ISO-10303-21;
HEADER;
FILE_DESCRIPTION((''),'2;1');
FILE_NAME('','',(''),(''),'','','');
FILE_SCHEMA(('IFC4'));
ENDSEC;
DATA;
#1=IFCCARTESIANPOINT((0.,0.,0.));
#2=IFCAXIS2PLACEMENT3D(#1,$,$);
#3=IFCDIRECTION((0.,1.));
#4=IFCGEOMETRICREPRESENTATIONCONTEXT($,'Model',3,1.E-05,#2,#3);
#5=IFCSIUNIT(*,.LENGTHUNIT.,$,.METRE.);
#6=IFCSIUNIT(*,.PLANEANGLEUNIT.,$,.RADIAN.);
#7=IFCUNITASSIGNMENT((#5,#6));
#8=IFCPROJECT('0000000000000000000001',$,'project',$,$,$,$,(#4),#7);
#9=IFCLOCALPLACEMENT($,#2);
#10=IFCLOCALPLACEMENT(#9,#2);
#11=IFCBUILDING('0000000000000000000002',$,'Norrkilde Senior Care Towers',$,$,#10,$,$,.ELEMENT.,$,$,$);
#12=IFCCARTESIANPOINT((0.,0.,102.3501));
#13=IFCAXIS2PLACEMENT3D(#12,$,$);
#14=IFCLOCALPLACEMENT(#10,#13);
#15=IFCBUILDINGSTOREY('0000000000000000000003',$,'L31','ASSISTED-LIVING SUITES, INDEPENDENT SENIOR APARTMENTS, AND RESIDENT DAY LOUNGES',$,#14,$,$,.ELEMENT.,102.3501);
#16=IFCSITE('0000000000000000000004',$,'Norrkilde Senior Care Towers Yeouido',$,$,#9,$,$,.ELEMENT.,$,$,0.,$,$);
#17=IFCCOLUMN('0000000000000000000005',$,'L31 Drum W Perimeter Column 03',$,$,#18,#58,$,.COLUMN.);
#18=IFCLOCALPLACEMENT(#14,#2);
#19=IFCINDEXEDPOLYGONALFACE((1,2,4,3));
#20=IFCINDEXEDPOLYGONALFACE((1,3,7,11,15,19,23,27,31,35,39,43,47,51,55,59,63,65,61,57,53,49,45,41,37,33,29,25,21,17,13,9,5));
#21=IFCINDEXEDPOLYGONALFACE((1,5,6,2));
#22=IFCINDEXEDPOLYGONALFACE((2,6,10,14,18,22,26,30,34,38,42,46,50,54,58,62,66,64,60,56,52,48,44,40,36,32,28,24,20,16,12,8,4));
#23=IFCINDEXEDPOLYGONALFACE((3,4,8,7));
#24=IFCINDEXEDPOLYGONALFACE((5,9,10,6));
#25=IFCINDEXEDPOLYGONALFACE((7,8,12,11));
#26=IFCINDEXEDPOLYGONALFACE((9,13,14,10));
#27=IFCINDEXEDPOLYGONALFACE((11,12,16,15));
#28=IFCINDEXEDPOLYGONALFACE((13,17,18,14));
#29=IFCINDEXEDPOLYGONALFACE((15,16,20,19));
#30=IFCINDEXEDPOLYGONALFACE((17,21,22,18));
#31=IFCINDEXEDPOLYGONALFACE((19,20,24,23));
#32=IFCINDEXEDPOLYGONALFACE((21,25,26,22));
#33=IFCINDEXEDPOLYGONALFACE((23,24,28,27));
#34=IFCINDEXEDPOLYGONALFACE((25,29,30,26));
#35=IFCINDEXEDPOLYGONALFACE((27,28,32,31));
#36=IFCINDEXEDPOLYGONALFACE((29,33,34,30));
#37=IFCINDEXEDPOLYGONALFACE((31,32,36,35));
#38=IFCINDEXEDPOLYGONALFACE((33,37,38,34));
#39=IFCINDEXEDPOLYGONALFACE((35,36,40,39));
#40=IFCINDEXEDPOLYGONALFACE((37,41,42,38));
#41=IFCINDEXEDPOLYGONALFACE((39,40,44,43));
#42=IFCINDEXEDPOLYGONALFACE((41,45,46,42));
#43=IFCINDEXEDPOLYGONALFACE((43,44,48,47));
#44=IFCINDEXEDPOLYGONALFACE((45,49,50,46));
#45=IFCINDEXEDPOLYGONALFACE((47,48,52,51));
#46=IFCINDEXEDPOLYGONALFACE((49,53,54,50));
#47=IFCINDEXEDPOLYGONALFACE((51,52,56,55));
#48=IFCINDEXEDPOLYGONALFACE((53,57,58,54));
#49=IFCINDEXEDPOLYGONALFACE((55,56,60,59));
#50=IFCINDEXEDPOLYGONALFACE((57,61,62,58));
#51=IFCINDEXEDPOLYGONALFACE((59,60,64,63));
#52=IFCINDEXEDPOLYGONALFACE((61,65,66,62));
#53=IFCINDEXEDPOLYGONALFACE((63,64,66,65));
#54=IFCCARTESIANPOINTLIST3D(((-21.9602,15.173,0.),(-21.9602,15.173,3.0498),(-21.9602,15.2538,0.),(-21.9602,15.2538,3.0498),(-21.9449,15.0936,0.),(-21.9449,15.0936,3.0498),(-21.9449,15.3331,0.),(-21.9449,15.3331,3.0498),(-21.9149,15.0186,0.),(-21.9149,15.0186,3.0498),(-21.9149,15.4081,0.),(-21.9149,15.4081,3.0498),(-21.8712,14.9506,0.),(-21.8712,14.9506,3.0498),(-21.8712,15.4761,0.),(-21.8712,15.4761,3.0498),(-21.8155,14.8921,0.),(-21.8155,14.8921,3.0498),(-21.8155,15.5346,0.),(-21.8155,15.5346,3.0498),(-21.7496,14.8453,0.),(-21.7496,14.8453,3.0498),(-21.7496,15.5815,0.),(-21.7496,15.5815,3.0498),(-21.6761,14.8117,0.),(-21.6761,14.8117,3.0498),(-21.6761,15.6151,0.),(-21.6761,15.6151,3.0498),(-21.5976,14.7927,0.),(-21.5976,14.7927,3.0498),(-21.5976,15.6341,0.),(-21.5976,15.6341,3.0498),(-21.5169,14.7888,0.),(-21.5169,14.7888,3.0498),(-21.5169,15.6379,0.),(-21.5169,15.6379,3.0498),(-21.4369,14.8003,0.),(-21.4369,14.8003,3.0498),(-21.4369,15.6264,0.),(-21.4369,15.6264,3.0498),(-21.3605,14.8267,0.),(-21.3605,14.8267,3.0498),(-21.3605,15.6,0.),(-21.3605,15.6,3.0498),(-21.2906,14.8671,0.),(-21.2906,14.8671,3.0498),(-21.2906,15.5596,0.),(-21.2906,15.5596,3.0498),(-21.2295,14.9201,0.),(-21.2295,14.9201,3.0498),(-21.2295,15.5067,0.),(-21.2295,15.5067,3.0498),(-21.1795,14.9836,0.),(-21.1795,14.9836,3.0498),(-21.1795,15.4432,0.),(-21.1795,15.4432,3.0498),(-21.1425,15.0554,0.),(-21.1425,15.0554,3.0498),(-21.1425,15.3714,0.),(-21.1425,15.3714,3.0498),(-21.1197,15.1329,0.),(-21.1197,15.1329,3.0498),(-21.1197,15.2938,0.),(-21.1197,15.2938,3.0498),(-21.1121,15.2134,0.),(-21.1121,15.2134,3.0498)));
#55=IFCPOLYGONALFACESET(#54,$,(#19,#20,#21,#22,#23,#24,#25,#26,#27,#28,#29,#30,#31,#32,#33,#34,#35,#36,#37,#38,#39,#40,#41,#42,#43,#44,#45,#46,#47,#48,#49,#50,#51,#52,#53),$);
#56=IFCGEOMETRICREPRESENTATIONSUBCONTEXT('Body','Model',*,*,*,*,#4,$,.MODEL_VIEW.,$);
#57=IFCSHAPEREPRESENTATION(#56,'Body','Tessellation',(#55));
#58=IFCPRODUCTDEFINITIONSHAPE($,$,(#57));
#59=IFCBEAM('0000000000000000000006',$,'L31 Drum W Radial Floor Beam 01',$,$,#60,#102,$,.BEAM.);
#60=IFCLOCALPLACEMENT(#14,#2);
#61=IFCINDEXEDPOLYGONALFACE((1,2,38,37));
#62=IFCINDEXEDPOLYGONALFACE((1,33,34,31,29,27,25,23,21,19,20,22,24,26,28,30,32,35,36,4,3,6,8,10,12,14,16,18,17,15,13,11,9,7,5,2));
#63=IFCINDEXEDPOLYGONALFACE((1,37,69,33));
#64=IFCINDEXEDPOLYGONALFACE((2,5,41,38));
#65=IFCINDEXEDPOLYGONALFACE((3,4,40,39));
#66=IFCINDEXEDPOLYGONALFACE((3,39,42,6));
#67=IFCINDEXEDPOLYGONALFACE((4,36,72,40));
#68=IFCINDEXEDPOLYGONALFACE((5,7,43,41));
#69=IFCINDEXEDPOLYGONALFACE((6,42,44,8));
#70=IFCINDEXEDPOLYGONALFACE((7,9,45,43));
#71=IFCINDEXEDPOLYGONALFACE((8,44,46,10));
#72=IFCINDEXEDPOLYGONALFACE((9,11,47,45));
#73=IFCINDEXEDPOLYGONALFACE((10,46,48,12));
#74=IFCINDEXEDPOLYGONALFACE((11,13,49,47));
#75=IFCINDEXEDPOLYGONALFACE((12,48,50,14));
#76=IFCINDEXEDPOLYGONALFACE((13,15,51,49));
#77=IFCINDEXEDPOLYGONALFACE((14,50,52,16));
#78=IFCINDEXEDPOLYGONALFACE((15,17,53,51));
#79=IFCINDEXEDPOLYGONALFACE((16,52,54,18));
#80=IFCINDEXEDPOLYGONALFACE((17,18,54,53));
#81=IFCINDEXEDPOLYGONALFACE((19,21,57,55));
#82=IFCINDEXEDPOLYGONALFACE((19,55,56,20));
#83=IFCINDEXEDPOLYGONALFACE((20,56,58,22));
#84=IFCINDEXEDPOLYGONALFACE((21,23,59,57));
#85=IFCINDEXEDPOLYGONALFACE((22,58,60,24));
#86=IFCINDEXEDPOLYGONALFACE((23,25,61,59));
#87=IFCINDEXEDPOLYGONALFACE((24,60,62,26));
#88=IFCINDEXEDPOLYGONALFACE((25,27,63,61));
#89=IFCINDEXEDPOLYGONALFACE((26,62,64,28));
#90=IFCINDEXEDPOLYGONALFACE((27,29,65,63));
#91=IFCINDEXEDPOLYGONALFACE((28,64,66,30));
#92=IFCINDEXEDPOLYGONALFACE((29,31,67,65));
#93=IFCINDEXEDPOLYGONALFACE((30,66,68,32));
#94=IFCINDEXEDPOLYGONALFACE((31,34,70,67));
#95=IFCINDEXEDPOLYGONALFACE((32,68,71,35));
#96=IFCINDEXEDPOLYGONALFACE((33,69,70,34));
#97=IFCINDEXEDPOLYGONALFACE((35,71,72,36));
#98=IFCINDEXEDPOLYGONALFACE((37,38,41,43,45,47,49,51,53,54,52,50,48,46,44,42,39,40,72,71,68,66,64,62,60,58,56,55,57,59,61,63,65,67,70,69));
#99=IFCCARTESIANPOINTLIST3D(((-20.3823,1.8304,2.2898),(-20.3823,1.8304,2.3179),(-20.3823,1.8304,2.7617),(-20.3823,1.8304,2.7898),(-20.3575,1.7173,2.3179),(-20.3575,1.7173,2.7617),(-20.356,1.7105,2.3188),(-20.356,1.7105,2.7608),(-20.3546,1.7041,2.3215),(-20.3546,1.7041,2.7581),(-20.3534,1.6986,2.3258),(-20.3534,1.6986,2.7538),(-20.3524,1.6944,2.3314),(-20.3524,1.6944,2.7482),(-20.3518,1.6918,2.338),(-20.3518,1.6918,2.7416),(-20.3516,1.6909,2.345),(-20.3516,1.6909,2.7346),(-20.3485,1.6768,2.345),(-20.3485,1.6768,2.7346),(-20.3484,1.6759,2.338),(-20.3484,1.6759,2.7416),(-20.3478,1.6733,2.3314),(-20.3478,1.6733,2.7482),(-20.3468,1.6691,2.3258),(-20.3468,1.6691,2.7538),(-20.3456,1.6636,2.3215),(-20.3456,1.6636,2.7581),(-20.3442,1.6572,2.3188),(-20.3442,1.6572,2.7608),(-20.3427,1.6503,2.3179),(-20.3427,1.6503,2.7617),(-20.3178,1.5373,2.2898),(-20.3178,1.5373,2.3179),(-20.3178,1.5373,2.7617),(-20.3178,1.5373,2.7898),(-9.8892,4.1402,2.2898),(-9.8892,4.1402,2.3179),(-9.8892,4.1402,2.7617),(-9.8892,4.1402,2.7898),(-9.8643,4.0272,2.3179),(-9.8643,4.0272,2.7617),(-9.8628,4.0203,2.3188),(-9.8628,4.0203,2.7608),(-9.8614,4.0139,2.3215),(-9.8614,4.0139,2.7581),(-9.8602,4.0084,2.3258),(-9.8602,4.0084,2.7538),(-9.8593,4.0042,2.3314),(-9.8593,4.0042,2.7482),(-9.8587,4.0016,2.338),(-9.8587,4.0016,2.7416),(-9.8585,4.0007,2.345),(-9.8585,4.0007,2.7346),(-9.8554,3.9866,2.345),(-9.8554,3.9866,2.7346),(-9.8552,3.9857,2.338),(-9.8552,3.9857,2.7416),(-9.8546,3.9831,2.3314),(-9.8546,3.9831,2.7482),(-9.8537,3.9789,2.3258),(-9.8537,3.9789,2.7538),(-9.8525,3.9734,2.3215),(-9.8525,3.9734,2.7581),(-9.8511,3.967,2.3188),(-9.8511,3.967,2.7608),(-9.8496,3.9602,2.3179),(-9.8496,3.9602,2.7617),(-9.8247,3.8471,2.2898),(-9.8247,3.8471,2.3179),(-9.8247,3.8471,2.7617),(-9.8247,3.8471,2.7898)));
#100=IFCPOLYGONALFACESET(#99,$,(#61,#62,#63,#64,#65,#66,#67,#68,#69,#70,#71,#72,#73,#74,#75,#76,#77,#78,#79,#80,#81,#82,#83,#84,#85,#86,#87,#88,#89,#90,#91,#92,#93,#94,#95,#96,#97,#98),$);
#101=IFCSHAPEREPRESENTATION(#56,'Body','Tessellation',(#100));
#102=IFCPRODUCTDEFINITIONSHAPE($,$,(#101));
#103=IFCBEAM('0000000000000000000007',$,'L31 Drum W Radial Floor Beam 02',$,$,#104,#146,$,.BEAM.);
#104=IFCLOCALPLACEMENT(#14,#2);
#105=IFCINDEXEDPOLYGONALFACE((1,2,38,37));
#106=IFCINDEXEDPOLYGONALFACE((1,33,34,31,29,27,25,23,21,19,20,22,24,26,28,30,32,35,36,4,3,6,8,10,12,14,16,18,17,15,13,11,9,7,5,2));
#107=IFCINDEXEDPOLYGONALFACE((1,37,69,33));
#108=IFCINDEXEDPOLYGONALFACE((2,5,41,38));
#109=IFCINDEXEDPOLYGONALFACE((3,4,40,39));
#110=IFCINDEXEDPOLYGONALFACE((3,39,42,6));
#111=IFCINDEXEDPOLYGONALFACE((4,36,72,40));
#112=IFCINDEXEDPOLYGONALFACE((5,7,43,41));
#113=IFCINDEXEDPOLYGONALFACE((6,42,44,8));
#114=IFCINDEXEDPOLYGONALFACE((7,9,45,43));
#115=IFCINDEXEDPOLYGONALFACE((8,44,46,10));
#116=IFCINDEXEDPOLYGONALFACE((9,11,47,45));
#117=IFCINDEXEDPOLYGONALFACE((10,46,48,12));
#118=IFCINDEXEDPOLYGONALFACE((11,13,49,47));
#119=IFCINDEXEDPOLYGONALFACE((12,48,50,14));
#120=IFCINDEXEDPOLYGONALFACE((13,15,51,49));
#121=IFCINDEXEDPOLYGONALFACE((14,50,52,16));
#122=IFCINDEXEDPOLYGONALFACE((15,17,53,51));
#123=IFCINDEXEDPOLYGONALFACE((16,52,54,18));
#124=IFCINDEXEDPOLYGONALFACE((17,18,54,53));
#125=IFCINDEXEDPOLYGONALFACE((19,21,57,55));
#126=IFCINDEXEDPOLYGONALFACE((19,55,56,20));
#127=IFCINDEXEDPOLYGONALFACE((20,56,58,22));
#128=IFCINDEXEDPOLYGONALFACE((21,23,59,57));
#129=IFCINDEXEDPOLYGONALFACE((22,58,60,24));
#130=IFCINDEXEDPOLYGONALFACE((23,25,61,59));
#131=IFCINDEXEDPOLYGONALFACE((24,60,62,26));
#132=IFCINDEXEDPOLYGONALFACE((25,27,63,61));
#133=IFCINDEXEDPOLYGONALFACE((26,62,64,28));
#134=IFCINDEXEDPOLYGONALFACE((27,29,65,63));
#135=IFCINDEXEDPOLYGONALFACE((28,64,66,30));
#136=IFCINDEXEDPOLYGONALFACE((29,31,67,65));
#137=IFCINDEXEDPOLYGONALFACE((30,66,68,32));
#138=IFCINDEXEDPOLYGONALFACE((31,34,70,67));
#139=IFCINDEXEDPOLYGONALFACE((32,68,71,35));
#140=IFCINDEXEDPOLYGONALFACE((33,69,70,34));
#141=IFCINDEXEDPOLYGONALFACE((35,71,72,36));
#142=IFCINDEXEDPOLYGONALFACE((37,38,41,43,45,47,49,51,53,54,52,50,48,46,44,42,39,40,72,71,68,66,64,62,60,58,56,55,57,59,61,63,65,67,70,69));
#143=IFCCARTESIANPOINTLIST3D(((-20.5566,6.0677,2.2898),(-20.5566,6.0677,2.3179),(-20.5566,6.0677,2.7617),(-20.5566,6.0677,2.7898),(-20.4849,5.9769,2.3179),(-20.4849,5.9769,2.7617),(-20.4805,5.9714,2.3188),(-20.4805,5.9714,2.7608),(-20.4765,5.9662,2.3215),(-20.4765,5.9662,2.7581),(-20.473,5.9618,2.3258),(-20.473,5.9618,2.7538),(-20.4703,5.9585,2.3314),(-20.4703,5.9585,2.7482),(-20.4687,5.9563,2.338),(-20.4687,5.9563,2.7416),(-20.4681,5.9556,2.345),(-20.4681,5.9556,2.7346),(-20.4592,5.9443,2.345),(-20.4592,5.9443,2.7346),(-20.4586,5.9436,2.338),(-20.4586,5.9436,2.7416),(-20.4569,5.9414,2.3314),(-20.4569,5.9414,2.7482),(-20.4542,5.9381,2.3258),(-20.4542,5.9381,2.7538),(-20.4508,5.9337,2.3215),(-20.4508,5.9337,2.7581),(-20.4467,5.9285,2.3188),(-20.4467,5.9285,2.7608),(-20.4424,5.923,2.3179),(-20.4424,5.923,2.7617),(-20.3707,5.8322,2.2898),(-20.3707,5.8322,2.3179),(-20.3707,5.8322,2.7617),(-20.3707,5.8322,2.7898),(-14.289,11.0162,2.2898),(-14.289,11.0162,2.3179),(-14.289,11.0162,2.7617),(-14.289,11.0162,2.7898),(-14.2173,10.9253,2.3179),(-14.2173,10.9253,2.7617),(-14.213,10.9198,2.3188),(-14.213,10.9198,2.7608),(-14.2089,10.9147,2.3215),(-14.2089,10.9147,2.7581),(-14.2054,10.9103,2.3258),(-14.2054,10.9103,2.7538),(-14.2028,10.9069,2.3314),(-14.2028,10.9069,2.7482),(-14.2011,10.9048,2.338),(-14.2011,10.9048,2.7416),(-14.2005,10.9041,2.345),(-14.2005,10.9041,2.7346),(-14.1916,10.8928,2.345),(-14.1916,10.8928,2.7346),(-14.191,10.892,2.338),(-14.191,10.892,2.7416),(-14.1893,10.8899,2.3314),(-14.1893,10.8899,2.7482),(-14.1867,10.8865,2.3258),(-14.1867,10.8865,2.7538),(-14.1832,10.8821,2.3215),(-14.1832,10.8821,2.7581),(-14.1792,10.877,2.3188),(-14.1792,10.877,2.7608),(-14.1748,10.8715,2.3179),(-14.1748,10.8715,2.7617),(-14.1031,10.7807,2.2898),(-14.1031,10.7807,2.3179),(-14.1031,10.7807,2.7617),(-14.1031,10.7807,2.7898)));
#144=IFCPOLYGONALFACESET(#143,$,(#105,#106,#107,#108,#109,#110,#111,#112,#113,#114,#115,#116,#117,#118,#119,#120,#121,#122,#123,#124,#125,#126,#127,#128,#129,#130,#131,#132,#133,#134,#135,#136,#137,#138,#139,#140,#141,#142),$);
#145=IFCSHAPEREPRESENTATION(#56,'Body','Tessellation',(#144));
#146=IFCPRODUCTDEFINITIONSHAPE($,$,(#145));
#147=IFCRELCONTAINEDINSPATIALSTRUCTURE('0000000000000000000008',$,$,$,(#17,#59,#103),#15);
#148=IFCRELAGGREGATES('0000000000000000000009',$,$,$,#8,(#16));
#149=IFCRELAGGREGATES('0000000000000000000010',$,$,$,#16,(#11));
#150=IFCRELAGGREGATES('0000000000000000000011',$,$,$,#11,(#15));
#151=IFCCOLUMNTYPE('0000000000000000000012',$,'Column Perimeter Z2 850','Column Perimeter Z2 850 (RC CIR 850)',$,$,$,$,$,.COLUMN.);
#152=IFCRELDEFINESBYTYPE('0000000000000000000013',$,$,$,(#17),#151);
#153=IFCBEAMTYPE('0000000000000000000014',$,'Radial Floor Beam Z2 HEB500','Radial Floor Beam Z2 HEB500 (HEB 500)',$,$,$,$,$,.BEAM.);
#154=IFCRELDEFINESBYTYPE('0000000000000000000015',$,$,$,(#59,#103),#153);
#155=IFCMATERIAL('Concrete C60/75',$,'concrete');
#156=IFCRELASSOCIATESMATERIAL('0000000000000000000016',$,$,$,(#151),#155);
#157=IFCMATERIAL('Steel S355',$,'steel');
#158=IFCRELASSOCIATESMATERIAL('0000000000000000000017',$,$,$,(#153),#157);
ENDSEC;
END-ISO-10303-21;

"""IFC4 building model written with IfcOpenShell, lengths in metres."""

from ifc_helpers import new_model, si_unit, direction, frame, origin, origin_2d, place, context, subcontext, project, spatial, circle, i_section, extrude, source, transform, mapped, material, material_profile, profile_set, type_object, type_shapes, element, save


model = new_model("IFC4")

# Units and contexts
model_context = context("Model", 3, precision=1e-05, world=origin(), true_north=direction((0.0, 1.0)))
body_context = subcontext(model_context, "Body", "Model", "MODEL_VIEW")
ifc_project = project(units=[si_unit("LENGTHUNIT", "METRE"), si_unit("PLANEANGLEUNIT", "RADIAN")], contexts=[model_context])

# Site, building, storey
site_placement = place(None, origin())
site = spatial("IfcSite", under=ifc_project, at=site_placement, Name="Norrkilde Senior Care Towers Yeouido", CompositionType="ELEMENT", RefElevation=0.0)
building_placement = place(site_placement, origin())
building = spatial("IfcBuilding", under=site, at=building_placement, Name="Norrkilde Senior Care Towers", CompositionType="ELEMENT")
storey_placement = place(building_placement, frame((0.0, 0.0, 102.3501)))
storey = spatial("IfcBuildingStorey", under=building, at=storey_placement, Name="L31", Description="ASSISTED-LIVING SUITES, INDEPENDENT SENIOR APARTMENTS, AND RESIDENT DAY LOUNGES", CompositionType="ELEMENT", Elevation=102.3501)

# Column
ifc_material_1 = material(Name="Concrete C60/75", Category="concrete")
ifc_material_profile_1 = material_profile(ifc_material_1, circle(Radius=0.425, at=origin_2d()), Name="RC CIR 850")
ifc_profile_set_1 = profile_set([ifc_material_profile_1], Name="Concrete C60/75")
column_type = type_object("IfcColumnType", Name="Column Perimeter Z2 850", Description="Column Perimeter Z2 850 (RC CIR 850)", PredefinedType="COLUMN", material=ifc_profile_set_1)
shared_shape_1 = source(origin(), body_context, "Body", "SweptSolid", [
    extrude(circle(Radius=0.425, at=origin_2d()), origin(), (0.0, 0.0, 1.0), 3.0498),
])
type_shapes(column_type, [shared_shape_1])
column_placement = place(storey_placement, frame((-21.5371, 15.2134, 0.0), z_axis=(0.0, 0.0, 1.0), x_axis=(1.0, 0.0, 0.0)))
element("IfcColumn", 1, at=column_placement, inside=storey, type_object=column_type, Name="L31 Drum W Perimeter Column 03", PredefinedType="COLUMN", context=body_context, shape_type="MappedRepresentation", body=[
    mapped(shared_shape_1, transform((0.0, 0.0, 0.0), x_axis=(1.0, 0.0, 0.0), y_axis=(0.0, 1.0, 0.0), z_axis=(0.0, 0.0, 1.0), scale=1.0)),
])

# Beams
ifc_material_2 = material(Name="Steel S355", Category="steel")
ifc_material_profile_2 = material_profile(ifc_material_2, i_section(OverallWidth=0.3, OverallDepth=0.5, WebThickness=0.0144, FlangeThickness=0.0281, FilletRadius=0.0271, at=origin_2d()), Name="HEB 500")
ifc_profile_set_2 = profile_set([ifc_material_profile_2], Name="Steel S355")
beam_type_1 = type_object("IfcBeamType", Name="Radial Floor Beam Z2 HEB500", Description="Radial Floor Beam Z2 HEB500 (HEB 500)", PredefinedType="BEAM", material=ifc_profile_set_2)
shared_shape_2 = source(origin(), body_context, "Body", "SweptSolid", [
    extrude(i_section(OverallWidth=0.3, OverallDepth=0.5, WebThickness=0.0144, FlangeThickness=0.0281, FilletRadius=0.0271, at=origin_2d()), origin(), (0.0, 0.0, 1.0), 10.7444),
])
beam_1_placement = place(storey_placement, frame((-20.3501, 1.6838, 2.5398), z_axis=(0.976619, 0.214979, 0.0), x_axis=(-0.214979, 0.976619, 0.0)))
element("IfcBeam", 2, at=beam_1_placement, inside=storey, type_object=beam_type_1, Name="L31 Drum W Radial Floor Beam 01", PredefinedType="BEAM", context=body_context, shape_type="MappedRepresentation", body=[
    mapped(shared_shape_2, transform((0.0, 0.0, 0.0), x_axis=(1.0, 0.0, 0.0), y_axis=(0.0, 1.0, 0.0), z_axis=(0.0, 0.0, 1.0), scale=1.0)),
])
shared_shape_3 = source(origin(), body_context, "Body", "SweptSolid", [
    extrude(i_section(OverallWidth=0.3, OverallDepth=0.5, WebThickness=0.0144, FlangeThickness=0.0281, FilletRadius=0.0271, at=origin_2d()), origin(), (0.0, 0.0, 1.0), 7.9856),
])
beam_2_placement = place(storey_placement, frame((-20.4636, 5.95, 2.5398), z_axis=(0.784859, 0.619675, 0.0), x_axis=(-0.619675, 0.784859, 0.0)))
element("IfcBeam", 3, at=beam_2_placement, inside=storey, type_object=beam_type_1, Name="L31 Drum W Radial Floor Beam 02", PredefinedType="BEAM", context=body_context, shape_type="MappedRepresentation", body=[
    mapped(shared_shape_3, transform((0.0, 0.0, 0.0), x_axis=(1.0, 0.0, 0.0), y_axis=(0.0, 1.0, 0.0), z_axis=(0.0, 0.0, 1.0), scale=1.0)),
])

save(model, "model.ifc")
